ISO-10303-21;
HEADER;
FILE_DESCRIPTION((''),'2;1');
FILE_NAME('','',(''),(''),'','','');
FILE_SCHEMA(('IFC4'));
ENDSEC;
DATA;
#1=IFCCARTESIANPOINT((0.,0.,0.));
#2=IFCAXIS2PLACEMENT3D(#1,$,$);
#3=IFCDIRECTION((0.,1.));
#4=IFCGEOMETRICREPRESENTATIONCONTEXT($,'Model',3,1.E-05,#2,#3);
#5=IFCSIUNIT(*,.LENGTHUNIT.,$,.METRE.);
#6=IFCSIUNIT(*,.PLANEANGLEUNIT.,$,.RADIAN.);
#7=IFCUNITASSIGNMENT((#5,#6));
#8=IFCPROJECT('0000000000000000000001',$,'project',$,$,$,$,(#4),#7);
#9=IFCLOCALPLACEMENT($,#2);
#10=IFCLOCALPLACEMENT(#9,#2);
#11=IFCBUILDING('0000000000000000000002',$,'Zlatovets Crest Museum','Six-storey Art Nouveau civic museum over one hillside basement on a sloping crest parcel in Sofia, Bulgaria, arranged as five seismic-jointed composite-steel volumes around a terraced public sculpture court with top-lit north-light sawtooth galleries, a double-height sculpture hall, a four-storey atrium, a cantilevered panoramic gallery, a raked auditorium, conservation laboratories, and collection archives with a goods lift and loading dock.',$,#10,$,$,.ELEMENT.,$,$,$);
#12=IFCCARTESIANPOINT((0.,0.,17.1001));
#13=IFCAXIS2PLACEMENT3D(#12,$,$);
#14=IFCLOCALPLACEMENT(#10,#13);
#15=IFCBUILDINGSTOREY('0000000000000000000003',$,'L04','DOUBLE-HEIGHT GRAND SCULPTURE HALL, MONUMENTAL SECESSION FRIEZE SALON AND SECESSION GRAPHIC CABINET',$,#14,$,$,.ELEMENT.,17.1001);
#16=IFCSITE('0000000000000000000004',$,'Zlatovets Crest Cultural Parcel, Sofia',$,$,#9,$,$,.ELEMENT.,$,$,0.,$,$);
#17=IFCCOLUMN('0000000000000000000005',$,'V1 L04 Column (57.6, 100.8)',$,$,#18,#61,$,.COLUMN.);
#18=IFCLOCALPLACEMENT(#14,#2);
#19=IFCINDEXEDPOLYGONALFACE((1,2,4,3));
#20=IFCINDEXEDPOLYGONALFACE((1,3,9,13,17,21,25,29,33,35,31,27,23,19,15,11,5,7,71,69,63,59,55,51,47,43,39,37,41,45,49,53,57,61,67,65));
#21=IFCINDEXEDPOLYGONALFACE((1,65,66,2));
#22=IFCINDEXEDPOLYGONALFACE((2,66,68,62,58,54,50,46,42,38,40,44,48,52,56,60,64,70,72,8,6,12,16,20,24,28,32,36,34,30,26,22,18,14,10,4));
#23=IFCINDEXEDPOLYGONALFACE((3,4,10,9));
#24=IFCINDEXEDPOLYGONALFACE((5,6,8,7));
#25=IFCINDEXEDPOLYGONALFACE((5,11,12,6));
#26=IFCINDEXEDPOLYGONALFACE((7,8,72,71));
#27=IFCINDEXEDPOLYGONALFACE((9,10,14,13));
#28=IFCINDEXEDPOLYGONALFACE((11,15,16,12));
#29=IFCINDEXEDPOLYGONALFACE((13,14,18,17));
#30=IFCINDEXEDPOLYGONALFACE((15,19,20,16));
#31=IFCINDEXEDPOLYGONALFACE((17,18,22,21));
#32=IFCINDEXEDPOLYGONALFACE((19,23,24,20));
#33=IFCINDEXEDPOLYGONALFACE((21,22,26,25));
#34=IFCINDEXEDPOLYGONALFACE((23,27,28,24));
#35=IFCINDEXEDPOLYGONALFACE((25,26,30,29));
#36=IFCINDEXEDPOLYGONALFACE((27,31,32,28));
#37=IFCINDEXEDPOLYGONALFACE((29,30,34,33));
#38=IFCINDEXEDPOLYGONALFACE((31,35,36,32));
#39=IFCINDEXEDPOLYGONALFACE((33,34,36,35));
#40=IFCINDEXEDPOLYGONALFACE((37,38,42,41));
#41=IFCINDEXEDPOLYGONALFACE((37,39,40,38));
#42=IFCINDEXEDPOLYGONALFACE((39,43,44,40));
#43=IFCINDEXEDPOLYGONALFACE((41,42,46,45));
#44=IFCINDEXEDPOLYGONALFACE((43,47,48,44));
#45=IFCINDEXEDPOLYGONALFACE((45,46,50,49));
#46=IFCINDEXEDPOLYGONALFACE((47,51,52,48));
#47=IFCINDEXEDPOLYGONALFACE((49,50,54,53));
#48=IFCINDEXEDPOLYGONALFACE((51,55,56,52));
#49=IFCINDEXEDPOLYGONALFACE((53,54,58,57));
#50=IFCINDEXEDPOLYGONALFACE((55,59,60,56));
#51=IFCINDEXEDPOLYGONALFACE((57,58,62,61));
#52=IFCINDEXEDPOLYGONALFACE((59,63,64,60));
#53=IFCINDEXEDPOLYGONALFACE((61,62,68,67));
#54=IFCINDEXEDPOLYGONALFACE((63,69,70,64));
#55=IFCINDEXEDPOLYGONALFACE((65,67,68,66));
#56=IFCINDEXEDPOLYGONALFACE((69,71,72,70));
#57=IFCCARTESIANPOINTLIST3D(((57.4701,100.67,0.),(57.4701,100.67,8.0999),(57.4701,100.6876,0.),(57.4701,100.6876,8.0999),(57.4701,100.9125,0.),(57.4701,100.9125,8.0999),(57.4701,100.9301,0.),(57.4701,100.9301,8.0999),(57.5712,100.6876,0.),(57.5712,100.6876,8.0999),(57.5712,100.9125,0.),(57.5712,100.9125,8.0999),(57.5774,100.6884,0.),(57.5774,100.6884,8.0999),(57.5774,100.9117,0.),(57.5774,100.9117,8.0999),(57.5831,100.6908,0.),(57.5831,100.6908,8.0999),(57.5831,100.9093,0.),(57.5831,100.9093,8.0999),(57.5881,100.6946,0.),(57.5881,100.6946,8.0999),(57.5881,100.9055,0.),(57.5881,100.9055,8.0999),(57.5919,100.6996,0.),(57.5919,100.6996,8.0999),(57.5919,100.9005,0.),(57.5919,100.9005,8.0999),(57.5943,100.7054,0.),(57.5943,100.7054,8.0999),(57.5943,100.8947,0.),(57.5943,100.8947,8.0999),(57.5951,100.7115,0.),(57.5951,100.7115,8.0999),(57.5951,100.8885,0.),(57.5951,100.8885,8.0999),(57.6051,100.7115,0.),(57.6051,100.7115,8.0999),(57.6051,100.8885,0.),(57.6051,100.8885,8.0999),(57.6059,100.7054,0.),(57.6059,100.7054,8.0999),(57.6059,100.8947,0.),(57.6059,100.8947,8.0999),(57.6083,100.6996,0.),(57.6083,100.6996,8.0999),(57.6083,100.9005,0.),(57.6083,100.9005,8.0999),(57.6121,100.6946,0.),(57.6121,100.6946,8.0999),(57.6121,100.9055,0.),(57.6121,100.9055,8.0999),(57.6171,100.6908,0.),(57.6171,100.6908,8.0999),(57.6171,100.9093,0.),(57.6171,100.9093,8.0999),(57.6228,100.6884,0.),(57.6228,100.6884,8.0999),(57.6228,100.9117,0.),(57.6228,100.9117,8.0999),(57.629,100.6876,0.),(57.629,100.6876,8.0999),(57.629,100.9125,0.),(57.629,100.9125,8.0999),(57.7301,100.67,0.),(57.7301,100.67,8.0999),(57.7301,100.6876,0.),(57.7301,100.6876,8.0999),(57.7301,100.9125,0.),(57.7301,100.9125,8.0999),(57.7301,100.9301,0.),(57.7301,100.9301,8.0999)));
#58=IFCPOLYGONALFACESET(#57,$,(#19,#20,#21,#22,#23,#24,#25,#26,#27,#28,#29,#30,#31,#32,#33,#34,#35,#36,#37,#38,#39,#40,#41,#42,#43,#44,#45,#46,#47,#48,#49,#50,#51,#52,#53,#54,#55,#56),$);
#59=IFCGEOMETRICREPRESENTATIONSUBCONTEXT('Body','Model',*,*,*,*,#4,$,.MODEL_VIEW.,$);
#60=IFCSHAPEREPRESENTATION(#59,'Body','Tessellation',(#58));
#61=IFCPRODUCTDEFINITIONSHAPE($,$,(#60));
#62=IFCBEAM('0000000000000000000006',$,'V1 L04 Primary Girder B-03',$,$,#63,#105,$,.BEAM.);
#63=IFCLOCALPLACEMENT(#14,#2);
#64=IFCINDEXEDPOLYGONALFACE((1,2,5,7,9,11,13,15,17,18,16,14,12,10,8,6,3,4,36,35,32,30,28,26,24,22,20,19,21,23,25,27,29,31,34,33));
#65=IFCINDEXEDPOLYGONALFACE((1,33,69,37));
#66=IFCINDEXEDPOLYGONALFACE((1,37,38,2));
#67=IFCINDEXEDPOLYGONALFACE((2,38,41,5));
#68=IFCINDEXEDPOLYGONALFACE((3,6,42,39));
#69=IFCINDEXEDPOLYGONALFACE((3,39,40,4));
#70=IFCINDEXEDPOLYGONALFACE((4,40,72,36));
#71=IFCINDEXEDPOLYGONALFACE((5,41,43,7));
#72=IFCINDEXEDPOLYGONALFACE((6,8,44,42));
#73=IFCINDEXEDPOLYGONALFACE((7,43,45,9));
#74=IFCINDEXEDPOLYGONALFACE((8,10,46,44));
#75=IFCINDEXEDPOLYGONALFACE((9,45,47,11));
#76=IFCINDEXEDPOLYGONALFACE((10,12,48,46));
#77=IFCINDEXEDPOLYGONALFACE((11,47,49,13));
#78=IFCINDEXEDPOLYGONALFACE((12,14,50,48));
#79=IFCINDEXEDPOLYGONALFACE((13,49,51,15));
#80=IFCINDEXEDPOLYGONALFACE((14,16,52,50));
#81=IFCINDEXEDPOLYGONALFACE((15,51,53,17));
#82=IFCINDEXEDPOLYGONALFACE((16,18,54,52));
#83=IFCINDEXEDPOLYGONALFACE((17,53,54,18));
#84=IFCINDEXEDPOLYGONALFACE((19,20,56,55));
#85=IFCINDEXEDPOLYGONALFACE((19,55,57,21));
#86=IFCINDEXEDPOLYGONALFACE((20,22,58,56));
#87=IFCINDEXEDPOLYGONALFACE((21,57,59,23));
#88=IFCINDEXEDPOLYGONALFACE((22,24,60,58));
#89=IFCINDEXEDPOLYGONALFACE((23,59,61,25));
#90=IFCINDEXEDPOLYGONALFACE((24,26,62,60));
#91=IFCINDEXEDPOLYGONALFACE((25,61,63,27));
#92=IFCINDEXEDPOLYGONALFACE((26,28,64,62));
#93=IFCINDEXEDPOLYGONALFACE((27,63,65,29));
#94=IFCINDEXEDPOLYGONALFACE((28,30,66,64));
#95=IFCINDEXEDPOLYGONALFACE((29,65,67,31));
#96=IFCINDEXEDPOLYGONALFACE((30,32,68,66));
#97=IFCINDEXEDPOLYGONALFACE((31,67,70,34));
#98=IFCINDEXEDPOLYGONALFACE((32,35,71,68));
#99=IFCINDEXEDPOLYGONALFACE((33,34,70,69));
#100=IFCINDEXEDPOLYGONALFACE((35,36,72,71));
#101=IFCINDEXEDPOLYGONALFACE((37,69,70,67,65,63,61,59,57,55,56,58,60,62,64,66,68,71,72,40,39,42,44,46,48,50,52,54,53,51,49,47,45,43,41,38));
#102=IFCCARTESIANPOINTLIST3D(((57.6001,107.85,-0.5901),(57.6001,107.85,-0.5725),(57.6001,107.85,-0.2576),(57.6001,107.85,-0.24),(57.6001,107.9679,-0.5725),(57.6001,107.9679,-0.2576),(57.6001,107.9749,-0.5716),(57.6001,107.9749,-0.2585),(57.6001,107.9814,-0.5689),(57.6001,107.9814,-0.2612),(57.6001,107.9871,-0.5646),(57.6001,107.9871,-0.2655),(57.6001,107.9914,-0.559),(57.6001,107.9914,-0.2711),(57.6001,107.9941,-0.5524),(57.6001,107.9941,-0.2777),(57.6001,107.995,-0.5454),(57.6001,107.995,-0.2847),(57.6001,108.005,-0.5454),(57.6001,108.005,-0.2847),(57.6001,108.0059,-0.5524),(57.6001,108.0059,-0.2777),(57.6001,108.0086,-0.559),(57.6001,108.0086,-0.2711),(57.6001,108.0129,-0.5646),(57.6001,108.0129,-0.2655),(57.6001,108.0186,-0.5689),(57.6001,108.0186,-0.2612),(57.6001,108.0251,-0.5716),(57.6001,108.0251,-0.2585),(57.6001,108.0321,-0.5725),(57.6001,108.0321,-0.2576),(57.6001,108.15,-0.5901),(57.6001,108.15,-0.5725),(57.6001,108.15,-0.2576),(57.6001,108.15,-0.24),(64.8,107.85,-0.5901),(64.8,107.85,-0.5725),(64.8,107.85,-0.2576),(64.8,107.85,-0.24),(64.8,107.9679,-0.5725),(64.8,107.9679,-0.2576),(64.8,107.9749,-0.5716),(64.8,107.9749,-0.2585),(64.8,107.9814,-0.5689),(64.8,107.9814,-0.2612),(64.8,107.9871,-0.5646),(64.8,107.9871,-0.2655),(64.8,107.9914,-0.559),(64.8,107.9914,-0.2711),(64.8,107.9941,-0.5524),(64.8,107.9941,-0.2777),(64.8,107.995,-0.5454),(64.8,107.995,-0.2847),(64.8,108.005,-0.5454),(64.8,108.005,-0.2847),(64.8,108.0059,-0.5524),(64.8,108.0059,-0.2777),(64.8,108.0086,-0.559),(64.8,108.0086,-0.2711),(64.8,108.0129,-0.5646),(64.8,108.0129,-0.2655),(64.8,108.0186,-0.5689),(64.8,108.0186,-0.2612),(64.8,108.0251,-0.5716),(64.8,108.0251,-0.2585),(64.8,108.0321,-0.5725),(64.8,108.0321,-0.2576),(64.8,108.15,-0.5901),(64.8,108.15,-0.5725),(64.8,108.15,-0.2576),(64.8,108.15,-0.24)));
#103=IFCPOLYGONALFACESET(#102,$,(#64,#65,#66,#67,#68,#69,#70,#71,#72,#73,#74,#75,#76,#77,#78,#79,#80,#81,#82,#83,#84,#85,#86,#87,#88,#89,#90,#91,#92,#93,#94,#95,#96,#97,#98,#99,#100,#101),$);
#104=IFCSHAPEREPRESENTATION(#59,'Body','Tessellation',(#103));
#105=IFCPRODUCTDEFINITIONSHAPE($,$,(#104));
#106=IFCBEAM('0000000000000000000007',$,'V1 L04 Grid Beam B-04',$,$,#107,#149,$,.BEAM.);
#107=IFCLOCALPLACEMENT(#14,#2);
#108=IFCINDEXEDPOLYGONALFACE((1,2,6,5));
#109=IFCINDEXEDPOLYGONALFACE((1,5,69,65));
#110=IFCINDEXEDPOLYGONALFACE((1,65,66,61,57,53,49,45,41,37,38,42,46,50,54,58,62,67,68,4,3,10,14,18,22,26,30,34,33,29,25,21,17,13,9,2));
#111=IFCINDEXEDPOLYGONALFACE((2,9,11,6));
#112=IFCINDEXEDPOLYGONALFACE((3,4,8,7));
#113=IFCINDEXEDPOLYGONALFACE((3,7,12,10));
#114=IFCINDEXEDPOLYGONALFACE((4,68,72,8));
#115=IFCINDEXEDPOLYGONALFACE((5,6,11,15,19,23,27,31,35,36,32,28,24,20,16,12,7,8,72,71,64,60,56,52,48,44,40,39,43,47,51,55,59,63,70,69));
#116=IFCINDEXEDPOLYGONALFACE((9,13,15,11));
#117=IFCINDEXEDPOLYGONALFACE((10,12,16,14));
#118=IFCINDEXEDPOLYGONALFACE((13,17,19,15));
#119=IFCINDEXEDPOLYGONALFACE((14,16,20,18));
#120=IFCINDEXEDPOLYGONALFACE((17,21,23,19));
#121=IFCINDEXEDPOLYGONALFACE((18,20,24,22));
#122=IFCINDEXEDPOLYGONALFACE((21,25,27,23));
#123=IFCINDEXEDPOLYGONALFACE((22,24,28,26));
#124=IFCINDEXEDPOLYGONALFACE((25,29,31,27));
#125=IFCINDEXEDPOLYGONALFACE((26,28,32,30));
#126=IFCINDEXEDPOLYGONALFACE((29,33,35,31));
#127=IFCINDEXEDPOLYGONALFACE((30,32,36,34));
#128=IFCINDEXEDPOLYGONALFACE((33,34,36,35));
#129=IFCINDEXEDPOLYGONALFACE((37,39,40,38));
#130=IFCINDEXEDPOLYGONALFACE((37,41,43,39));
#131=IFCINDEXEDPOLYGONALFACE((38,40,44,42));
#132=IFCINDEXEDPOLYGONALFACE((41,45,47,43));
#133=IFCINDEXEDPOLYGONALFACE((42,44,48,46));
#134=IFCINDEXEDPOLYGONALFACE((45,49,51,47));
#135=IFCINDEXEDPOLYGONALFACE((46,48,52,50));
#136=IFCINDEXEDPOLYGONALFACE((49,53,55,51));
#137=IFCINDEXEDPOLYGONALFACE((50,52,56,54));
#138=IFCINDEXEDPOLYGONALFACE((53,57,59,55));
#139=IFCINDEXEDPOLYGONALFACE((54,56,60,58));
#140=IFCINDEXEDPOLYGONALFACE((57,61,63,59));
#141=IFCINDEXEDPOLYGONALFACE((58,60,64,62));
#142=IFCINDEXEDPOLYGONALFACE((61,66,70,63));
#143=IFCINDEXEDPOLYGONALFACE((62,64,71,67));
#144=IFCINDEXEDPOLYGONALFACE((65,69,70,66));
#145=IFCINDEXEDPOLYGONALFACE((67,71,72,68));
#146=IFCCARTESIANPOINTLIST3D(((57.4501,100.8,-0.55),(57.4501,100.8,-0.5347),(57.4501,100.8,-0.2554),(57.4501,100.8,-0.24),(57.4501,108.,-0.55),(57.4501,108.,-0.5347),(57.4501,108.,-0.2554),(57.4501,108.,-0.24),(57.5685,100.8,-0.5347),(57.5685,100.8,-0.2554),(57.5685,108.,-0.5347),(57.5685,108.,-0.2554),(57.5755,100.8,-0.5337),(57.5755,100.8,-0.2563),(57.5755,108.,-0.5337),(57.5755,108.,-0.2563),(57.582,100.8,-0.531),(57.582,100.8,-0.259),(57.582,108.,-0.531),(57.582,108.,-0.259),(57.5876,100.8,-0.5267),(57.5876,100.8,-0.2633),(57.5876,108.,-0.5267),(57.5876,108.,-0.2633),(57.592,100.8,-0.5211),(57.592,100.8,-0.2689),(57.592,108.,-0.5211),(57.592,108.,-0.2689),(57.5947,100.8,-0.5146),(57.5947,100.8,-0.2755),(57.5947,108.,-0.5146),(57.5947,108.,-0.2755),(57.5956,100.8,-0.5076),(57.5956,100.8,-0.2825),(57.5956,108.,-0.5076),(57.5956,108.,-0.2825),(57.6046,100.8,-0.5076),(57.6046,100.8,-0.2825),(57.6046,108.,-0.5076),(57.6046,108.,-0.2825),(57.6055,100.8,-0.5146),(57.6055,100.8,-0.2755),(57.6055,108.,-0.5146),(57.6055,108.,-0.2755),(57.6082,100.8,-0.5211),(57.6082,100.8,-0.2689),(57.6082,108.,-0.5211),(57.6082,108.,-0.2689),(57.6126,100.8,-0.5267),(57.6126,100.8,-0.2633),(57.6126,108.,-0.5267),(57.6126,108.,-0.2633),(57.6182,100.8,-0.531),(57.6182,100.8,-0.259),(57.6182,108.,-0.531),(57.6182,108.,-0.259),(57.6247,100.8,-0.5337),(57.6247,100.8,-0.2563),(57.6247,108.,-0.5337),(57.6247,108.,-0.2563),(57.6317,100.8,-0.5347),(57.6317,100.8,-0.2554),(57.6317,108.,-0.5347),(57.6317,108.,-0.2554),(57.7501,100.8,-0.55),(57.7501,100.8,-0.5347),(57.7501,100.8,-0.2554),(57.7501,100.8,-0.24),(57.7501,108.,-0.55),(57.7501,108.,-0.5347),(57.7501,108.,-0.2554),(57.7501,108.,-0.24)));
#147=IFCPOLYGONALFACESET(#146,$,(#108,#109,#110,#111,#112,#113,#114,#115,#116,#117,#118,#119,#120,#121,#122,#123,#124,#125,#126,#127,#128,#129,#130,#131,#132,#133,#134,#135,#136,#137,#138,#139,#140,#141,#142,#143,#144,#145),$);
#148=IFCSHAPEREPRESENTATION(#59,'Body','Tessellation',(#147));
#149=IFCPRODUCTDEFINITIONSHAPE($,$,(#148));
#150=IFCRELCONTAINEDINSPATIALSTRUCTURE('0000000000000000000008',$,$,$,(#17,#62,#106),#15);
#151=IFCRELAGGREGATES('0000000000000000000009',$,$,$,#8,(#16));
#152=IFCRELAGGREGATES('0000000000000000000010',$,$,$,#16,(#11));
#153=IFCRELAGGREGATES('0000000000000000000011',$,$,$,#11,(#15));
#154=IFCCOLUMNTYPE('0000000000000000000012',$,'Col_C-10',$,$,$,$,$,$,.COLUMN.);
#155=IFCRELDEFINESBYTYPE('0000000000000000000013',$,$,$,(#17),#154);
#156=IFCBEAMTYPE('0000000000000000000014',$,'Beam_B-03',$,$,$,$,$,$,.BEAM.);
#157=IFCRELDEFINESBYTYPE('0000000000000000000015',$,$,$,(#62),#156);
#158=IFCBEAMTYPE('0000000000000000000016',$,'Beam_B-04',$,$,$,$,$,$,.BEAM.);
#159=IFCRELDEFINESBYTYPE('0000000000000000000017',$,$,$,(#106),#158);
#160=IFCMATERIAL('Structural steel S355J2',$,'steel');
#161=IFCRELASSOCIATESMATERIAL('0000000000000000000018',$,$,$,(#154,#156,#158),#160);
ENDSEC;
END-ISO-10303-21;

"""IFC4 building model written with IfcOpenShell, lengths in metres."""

from ifc_helpers import new_model, si_unit, direction, frame, origin, origin_2d, place, context, subcontext, project, spatial, i_section, extrude, material, material_profile, profile_set, type_object, element, save


model = new_model("IFC4")

# Units and contexts
model_context = context("Model", 3, precision=1e-05, world=origin(), true_north=direction((0.0, 1.0)))
body_context = subcontext(model_context, "Body", "Model", "MODEL_VIEW")
ifc_project = project(units=[si_unit("LENGTHUNIT", "METRE"), si_unit("PLANEANGLEUNIT", "RADIAN")], contexts=[model_context])

# Site, building, storey
site_placement = place(None, origin())
site = spatial("IfcSite", under=ifc_project, at=site_placement, Name="Zlatovets Crest Cultural Parcel, Sofia", CompositionType="ELEMENT", RefElevation=0.0)
building_placement = place(site_placement, origin())
building = spatial("IfcBuilding", under=site, at=building_placement, Name="Zlatovets Crest Museum", Description="Six-storey Art Nouveau civic museum over one hillside basement on a sloping crest parcel in Sofia, Bulgaria, arranged as five seismic-jointed composite-steel volumes around a terraced public sculpture court with top-lit north-light sawtooth galleries, a double-height sculpture hall, a four-storey atrium, a cantilevered panoramic gallery, a raked auditorium, conservation laboratories, and collection archives with a goods lift and loading dock.", CompositionType="ELEMENT")
storey_placement = place(building_placement, frame((0.0, 0.0, 17.1001)))
storey = spatial("IfcBuildingStorey", under=building, at=storey_placement, Name="L04", Description="DOUBLE-HEIGHT GRAND SCULPTURE HALL, MONUMENTAL SECESSION FRIEZE SALON AND SECESSION GRAPHIC CABINET", CompositionType="ELEMENT", Elevation=17.1001)

# Column
ifc_material_1 = material(Name="Structural steel S355J2", Category="steel")
ifc_material_profile_1 = material_profile(ifc_material_1, i_section(OverallWidth=0.26, OverallDepth=0.26, WebThickness=0.01, FlangeThickness=0.0176, FilletRadius=0.0239, at=origin_2d()), Name="HEB 260")
ifc_profile_set_1 = profile_set([ifc_material_profile_1], Name="Structural steel S355J2")
column_type = type_object("IfcColumnType", Name="Col_C-10", PredefinedType="COLUMN", material=ifc_profile_set_1)
column_placement = place(storey_placement, frame((57.6001, 100.8, 0.0), z_axis=(0.0, 0.0, 1.0), x_axis=(1.0, 0.0, 0.0)))
element("IfcColumn", 1, at=column_placement, inside=storey, type_object=column_type, Name="V1 L04 Column (57.6, 100.8)", PredefinedType="COLUMN", context=body_context, shape_type="SweptSolid", body=[
    extrude(i_section(OverallWidth=0.26, OverallDepth=0.26, WebThickness=0.01, FlangeThickness=0.0176, FilletRadius=0.0239, at=origin_2d()), origin(), (0.0, 0.0, 1.0), 8.0999),
])

# Beams
ifc_material_profile_2 = material_profile(ifc_material_1, i_section(OverallWidth=0.3, OverallDepth=0.3501, WebThickness=0.01, FlangeThickness=0.0176, FilletRadius=0.0271, at=origin_2d()), Name="HEA 360")
ifc_profile_set_2 = profile_set([ifc_material_profile_2], Name="Structural steel S355J2")
beam_type_1 = type_object("IfcBeamType", Name="Beam_B-03", PredefinedType="BEAM", material=ifc_profile_set_2)
beam_1_placement = place(storey_placement, frame((57.6001, 108.0, -0.415), z_axis=(1.0, 0.0, 0.0), x_axis=(0.0, 1.0, 0.0)))
element("IfcBeam", 2, at=beam_1_placement, inside=storey, type_object=beam_type_1, Name="V1 L04 Primary Girder B-03", PredefinedType="BEAM", context=body_context, shape_type="SweptSolid", body=[
    extrude(i_section(OverallWidth=0.3, OverallDepth=0.3501, WebThickness=0.01, FlangeThickness=0.0176, FilletRadius=0.0271, at=origin_2d()), origin(), (0.0, 0.0, 1.0), 7.2),
])
ifc_material_profile_3 = material_profile(ifc_material_1, i_section(OverallWidth=0.3, OverallDepth=0.3101, WebThickness=0.009, FlangeThickness=0.0154, FilletRadius=0.0271, at=origin_2d()), Name="HEA 320")
ifc_profile_set_3 = profile_set([ifc_material_profile_3], Name="Structural steel S355J2")
beam_type_2 = type_object("IfcBeamType", Name="Beam_B-04", PredefinedType="BEAM", material=ifc_profile_set_3)
beam_2_placement = place(storey_placement, frame((57.6001, 100.8, -0.395), z_axis=(0.0, 1.0, 0.0), x_axis=(-1.0, 0.0, 0.0)))
element("IfcBeam", 3, at=beam_2_placement, inside=storey, type_object=beam_type_2, Name="V1 L04 Grid Beam B-04", PredefinedType="BEAM", context=body_context, shape_type="SweptSolid", body=[
    extrude(i_section(OverallWidth=0.3, OverallDepth=0.3101, WebThickness=0.009, FlangeThickness=0.0154, FilletRadius=0.0271, at=origin_2d()), origin(), (0.0, 0.0, 1.0), 7.2),
])

save(model, "model.ifc")
